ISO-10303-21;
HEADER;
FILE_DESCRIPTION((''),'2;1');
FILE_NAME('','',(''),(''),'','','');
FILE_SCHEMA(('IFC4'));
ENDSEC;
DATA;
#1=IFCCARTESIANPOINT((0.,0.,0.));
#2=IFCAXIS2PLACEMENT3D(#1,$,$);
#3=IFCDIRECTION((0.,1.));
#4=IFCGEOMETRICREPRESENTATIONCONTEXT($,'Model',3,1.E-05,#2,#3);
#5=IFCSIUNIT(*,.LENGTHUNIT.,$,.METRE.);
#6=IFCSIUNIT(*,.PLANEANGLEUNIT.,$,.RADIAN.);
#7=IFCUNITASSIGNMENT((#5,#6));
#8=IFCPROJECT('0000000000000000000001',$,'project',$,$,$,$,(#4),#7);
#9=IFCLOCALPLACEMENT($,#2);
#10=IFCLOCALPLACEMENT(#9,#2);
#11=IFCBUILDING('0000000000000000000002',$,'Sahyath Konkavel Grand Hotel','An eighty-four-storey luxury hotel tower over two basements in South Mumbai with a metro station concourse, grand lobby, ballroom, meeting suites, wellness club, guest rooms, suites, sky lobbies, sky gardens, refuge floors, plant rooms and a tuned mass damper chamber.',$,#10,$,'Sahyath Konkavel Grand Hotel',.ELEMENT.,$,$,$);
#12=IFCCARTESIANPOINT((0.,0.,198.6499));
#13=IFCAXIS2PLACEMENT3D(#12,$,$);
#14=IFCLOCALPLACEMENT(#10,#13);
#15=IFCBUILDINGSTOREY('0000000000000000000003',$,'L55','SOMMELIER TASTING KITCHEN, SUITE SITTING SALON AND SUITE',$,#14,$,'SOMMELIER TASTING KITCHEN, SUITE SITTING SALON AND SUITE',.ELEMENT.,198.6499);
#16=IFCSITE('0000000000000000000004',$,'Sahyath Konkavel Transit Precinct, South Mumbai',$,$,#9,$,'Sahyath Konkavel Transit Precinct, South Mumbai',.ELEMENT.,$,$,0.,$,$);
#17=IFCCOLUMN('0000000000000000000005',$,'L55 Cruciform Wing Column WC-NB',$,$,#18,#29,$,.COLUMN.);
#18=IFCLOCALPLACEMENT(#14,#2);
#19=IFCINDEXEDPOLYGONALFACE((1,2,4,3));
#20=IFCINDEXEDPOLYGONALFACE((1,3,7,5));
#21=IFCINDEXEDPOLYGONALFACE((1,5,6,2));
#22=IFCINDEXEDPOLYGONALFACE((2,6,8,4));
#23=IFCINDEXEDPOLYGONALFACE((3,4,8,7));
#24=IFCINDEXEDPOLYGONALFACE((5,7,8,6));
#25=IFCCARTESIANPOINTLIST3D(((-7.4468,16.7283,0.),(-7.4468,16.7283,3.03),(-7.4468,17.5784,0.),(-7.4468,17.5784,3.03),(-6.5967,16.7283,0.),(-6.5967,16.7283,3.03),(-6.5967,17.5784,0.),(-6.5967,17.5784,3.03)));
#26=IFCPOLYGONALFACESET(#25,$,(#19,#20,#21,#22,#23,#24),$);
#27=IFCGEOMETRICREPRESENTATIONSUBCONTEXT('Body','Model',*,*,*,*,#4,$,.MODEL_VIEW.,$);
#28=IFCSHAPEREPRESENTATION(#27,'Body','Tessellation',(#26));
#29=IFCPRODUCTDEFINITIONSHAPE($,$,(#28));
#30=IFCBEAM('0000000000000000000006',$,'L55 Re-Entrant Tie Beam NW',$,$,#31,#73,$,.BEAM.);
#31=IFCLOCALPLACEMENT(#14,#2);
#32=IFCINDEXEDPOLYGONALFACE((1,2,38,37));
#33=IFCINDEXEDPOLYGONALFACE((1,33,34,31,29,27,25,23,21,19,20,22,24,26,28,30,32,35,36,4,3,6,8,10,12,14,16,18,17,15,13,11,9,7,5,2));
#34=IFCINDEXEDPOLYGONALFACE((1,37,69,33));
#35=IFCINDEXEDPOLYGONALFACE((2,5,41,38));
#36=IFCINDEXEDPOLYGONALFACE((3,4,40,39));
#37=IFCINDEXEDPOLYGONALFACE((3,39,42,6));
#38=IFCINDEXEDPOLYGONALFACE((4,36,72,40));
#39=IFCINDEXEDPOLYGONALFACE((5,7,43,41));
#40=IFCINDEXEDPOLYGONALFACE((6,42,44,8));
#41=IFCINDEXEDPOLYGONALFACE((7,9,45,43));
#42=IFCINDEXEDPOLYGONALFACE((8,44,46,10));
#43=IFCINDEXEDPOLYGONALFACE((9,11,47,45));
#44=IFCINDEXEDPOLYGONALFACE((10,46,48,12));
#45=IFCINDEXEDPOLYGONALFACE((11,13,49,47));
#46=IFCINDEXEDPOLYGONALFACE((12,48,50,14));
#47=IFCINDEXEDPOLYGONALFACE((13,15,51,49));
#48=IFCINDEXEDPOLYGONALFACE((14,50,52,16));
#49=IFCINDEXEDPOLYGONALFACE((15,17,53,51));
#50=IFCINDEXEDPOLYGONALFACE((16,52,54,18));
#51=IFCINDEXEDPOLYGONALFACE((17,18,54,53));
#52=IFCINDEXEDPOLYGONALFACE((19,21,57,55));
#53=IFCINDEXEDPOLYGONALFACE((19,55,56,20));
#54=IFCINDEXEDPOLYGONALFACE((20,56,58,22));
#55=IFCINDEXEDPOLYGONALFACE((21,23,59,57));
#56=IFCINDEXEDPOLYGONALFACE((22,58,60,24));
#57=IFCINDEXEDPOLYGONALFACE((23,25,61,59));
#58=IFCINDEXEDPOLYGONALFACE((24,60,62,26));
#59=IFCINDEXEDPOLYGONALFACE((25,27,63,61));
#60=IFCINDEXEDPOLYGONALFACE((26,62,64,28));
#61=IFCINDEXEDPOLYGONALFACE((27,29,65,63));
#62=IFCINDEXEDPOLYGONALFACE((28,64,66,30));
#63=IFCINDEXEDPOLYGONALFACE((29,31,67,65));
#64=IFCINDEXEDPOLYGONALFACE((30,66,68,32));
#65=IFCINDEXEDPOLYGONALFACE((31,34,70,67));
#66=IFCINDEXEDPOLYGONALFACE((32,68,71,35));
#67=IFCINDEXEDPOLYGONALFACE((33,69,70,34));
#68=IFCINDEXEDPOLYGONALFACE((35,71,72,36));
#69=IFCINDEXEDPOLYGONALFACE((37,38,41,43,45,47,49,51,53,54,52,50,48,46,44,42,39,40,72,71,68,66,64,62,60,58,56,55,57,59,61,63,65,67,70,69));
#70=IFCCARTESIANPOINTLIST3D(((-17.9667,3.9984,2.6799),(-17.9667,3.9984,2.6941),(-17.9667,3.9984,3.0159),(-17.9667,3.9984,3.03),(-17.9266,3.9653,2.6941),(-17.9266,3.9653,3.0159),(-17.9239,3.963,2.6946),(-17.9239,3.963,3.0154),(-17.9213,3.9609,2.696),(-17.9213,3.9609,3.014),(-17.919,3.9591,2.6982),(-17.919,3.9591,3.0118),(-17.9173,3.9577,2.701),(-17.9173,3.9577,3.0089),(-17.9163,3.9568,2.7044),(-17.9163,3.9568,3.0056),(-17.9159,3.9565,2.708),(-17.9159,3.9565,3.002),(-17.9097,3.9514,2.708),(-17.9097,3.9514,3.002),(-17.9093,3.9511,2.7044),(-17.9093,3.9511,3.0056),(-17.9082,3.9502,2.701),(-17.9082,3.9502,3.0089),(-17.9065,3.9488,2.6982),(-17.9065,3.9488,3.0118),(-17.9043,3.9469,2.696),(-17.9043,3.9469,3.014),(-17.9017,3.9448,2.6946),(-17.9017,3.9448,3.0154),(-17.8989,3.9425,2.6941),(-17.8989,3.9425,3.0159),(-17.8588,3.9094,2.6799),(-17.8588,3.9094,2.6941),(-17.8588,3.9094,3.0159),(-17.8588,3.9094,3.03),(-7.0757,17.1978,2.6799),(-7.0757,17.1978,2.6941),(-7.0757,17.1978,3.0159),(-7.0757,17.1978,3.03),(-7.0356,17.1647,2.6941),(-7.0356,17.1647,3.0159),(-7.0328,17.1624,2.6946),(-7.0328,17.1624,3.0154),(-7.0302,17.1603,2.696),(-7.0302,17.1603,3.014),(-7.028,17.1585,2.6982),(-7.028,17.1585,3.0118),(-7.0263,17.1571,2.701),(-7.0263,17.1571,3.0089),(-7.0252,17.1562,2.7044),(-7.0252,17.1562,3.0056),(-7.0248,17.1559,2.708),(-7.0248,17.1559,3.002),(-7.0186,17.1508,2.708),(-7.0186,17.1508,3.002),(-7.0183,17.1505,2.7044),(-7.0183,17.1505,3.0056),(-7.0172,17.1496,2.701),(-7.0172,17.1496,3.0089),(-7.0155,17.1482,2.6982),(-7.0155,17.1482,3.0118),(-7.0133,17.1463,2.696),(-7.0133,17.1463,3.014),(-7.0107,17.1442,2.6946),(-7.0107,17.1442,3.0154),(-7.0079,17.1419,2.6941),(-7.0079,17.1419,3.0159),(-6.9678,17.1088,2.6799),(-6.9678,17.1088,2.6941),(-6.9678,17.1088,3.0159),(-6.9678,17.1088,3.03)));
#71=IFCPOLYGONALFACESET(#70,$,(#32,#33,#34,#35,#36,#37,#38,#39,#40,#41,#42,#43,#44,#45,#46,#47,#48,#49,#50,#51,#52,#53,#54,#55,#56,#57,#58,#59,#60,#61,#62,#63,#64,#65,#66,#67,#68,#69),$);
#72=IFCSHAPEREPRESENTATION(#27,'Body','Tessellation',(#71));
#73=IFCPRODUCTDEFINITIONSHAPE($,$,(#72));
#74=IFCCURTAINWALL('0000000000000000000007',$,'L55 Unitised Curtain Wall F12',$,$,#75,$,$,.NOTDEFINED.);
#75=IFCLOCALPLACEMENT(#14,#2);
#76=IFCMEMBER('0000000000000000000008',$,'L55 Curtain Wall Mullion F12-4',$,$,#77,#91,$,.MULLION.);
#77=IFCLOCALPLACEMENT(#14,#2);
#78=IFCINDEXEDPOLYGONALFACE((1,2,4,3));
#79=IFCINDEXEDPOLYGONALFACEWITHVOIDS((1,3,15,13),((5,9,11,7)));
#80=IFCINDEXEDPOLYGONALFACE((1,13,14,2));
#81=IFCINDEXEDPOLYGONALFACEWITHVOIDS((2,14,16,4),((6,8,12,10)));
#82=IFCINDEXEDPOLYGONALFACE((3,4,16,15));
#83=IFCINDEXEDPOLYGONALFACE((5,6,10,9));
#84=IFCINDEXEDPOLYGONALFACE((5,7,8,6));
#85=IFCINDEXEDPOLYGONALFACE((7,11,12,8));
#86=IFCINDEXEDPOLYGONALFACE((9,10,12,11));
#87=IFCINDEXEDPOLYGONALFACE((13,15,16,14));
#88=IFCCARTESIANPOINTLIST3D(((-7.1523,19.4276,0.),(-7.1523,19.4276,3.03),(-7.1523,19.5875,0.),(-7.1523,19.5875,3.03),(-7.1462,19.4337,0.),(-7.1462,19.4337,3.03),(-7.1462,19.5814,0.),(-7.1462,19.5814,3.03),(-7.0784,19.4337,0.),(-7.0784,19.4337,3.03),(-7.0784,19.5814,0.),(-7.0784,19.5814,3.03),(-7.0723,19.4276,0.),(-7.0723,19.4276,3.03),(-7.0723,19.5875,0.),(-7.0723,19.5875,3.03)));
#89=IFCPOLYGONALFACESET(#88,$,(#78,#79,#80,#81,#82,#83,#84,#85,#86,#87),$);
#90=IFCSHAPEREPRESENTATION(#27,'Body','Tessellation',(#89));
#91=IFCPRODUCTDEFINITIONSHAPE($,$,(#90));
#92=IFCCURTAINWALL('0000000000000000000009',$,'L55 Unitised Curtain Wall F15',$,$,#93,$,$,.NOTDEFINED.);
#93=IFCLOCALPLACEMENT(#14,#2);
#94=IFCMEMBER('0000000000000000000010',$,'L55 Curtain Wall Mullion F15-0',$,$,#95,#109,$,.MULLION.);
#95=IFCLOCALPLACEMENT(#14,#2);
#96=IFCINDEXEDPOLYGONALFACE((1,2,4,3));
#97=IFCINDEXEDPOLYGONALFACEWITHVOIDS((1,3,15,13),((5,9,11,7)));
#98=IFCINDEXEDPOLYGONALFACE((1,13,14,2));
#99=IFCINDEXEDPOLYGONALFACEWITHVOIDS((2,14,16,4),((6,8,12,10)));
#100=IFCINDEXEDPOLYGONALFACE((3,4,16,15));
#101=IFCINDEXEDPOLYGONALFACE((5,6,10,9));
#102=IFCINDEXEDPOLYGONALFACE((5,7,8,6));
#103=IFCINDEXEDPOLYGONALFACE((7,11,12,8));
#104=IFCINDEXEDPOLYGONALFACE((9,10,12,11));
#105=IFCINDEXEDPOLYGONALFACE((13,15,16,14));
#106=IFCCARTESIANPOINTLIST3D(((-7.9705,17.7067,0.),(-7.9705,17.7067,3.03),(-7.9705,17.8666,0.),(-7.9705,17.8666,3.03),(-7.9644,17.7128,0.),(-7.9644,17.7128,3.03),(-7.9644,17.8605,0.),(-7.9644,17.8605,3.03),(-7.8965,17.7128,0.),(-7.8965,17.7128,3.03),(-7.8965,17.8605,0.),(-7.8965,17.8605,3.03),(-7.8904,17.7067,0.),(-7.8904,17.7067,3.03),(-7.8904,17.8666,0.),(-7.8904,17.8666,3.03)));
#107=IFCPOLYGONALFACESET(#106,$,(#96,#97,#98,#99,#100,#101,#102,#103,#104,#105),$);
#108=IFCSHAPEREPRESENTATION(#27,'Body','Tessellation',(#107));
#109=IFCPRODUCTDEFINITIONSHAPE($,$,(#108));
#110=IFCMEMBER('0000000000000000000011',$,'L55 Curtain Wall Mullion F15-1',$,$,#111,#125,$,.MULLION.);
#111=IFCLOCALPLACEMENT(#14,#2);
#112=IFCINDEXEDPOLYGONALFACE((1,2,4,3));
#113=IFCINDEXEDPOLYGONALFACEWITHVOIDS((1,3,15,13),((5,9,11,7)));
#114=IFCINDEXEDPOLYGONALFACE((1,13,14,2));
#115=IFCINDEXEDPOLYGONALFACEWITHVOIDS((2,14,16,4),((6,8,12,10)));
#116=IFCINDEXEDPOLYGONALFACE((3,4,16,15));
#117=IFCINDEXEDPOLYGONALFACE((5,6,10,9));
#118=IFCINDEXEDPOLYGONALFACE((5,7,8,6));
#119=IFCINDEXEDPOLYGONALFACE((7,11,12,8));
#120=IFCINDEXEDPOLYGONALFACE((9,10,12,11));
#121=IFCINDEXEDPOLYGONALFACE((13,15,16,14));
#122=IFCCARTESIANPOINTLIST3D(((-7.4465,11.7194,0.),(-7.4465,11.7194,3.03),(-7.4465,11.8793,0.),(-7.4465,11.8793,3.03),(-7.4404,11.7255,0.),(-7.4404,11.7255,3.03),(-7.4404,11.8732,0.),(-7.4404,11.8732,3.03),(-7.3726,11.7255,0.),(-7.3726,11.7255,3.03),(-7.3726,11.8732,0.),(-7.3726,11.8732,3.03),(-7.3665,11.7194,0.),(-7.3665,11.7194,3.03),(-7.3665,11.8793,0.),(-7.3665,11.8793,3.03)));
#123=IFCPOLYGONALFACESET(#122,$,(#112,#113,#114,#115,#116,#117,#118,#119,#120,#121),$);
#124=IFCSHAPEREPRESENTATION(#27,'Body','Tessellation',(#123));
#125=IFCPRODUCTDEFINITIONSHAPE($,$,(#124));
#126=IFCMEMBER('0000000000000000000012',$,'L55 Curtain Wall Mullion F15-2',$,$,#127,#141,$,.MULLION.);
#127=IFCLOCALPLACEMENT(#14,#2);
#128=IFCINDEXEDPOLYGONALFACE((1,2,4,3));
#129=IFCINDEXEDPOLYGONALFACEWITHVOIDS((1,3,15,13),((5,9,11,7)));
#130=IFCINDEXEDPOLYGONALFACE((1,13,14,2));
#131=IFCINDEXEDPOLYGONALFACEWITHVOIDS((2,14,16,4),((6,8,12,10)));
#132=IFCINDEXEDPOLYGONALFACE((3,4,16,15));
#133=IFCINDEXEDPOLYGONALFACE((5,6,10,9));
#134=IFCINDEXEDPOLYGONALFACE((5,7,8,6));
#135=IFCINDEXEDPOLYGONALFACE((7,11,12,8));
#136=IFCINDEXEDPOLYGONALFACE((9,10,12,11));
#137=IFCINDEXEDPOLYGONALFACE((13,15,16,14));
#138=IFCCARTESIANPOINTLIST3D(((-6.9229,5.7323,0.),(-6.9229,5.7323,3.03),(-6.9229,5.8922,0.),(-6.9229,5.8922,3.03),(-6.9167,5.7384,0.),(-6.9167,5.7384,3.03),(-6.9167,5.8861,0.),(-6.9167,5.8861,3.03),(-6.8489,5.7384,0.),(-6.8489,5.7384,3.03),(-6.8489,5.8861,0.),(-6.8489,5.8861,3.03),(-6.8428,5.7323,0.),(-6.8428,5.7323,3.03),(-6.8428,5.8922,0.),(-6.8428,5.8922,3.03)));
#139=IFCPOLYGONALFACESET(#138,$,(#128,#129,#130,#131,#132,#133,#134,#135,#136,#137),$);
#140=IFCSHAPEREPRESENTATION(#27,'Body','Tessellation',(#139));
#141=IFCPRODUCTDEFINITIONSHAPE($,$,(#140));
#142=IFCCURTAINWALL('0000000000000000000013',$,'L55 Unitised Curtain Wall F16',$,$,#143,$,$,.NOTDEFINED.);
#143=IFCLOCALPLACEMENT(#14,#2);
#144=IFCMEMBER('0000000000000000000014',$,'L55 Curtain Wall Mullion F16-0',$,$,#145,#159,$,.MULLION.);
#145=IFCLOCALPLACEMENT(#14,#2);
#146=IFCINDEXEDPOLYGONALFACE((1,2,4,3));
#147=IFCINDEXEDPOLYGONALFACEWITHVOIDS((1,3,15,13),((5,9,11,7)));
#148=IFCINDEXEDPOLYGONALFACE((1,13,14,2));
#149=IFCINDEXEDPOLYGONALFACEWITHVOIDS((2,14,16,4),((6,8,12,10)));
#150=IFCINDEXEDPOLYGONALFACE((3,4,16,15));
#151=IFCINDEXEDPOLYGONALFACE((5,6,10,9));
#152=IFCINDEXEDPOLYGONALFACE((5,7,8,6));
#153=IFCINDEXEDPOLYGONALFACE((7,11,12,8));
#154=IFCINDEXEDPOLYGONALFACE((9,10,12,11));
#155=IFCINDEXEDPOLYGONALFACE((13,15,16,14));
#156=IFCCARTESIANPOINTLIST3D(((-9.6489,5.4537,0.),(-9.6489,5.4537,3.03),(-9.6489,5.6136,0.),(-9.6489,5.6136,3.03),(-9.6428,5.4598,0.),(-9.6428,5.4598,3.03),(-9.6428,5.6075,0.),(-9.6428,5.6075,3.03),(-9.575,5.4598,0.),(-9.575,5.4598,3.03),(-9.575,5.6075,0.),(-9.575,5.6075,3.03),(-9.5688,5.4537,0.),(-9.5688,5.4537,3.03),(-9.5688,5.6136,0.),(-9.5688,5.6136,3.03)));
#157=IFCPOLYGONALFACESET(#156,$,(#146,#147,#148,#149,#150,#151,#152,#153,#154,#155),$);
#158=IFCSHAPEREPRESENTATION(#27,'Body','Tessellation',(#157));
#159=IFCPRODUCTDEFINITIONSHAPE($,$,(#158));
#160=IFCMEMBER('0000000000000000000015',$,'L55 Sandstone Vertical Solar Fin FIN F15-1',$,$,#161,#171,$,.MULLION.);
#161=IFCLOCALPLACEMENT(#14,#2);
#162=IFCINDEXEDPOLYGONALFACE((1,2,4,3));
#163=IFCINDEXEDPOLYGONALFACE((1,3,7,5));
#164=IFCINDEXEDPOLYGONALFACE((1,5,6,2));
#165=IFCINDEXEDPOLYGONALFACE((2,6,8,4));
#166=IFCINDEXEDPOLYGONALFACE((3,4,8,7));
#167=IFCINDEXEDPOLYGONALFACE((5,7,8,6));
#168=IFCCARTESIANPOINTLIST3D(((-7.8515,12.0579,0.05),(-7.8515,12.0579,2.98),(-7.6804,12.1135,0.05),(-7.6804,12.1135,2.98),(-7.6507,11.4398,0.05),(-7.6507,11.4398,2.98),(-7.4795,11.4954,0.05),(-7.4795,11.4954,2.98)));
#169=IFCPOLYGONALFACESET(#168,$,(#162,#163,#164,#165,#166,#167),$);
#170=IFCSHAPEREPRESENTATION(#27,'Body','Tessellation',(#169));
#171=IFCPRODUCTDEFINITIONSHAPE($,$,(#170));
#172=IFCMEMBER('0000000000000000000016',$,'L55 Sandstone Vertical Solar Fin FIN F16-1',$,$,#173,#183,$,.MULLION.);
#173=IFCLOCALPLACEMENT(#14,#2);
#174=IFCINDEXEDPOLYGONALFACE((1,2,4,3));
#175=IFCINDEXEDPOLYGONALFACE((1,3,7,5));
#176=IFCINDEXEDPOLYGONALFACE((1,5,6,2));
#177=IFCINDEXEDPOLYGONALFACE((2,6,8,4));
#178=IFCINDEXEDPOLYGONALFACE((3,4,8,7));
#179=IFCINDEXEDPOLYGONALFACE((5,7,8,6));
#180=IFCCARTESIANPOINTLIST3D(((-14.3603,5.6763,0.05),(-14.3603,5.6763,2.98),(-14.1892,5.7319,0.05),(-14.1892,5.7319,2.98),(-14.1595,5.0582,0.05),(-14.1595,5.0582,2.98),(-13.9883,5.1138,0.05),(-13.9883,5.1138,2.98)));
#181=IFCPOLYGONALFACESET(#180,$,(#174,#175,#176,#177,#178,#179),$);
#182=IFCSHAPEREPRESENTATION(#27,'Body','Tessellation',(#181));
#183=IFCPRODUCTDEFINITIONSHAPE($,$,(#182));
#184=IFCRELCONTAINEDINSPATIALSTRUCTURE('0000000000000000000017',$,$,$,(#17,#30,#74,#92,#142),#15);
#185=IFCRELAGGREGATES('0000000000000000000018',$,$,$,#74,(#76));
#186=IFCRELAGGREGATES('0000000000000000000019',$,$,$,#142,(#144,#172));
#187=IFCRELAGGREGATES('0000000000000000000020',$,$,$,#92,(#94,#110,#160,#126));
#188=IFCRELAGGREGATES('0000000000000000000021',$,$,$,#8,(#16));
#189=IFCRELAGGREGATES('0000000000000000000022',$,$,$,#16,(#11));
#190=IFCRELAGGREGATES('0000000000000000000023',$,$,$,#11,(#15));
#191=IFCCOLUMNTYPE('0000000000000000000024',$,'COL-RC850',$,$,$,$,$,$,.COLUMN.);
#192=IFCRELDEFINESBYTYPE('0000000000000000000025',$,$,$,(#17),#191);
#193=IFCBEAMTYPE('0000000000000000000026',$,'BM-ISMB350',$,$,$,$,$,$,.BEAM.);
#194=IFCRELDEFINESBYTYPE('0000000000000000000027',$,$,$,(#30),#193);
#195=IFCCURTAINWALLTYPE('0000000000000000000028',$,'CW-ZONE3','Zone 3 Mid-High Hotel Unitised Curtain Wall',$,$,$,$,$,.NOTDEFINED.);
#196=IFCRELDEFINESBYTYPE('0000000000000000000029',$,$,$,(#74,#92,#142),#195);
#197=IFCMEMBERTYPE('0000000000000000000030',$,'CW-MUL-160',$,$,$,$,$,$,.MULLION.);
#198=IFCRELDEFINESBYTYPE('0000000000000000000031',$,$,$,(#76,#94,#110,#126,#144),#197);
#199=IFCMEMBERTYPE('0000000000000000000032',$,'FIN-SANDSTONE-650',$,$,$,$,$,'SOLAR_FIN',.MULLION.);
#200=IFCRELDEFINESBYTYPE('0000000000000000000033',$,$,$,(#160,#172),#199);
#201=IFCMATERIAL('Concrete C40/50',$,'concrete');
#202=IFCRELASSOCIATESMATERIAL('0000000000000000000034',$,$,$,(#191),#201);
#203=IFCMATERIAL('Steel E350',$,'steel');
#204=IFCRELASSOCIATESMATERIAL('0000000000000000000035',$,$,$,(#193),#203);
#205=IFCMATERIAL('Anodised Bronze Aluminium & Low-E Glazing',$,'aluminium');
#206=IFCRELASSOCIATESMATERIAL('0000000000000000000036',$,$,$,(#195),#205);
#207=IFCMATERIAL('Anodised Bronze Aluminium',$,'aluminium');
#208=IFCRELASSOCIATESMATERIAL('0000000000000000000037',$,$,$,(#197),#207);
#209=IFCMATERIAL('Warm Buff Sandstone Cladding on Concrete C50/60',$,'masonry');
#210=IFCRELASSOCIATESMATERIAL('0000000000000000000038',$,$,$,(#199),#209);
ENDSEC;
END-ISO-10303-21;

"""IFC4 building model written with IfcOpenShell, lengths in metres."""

from ifc_helpers import new_model, si_unit, direction, frame, origin, origin_2d, place, context, subcontext, project, spatial, rectangle, hollow_rectangle, i_section, extrude, source, transform, mapped, material, material_profile, profile_set, type_object, element, aggregate, save


model = new_model("IFC4")

# Units and contexts
model_context = context("Model", 3, precision=1e-05, world=origin(), true_north=direction((0.0, 1.0)))
body_context = subcontext(model_context, "Body", "Model", "MODEL_VIEW")
ifc_project = project(units=[si_unit("LENGTHUNIT", "METRE"), si_unit("PLANEANGLEUNIT", "RADIAN")], contexts=[model_context])

# Site, building, storey
site_placement = place(None, origin())
site = spatial("IfcSite", under=ifc_project, at=site_placement, Name="Sahyath Konkavel Transit Precinct, South Mumbai", LongName="Sahyath Konkavel Transit Precinct, South Mumbai", CompositionType="ELEMENT", RefElevation=0.0)
building_placement = place(site_placement, origin())
building = spatial("IfcBuilding", under=site, at=building_placement, Name="Sahyath Konkavel Grand Hotel", Description="An eighty-four-storey luxury hotel tower over two basements in South Mumbai with a metro station concourse, grand lobby, ballroom, meeting suites, wellness club, guest rooms, suites, sky lobbies, sky gardens, refuge floors, plant rooms and a tuned mass damper chamber.", LongName="Sahyath Konkavel Grand Hotel", CompositionType="ELEMENT")
storey_placement = place(building_placement, frame((0.0, 0.0, 198.6499)))
storey = spatial("IfcBuildingStorey", under=building, at=storey_placement, Name="L55", Description="SOMMELIER TASTING KITCHEN, SUITE SITTING SALON AND SUITE", LongName="SOMMELIER TASTING KITCHEN, SUITE SITTING SALON AND SUITE", CompositionType="ELEMENT", Elevation=198.6499)

# Column
ifc_material_1 = material(Name="Concrete C40/50", Category="concrete")
ifc_material_profile_1 = material_profile(ifc_material_1, rectangle(XDim=0.8501, YDim=0.8501, at=origin_2d()), Name="RC 850x850")
ifc_profile_set_1 = profile_set([ifc_material_profile_1], Name="Concrete C40/50")
column_type = type_object("IfcColumnType", Name="COL-RC850", PredefinedType="COLUMN", material=ifc_profile_set_1)
shared_shape_1 = source(origin(), body_context, "Body", "SweptSolid", [
    extrude(rectangle(XDim=0.8501, YDim=0.8501, at=origin_2d()), origin(), (0.0, 0.0, 1.0), 3.03),
])
column_placement = place(storey_placement, frame((-7.0217, 17.1533, 0.0), z_axis=(0.0, 0.0, 1.0), x_axis=(1.0, 0.0, 0.0)))
element("IfcColumn", 1, at=column_placement, inside=storey, type_object=column_type, Name="L55 Cruciform Wing Column WC-NB", PredefinedType="COLUMN", context=body_context, shape_type="MappedRepresentation", body=[
    mapped(shared_shape_1, transform((0.0, 0.0, 0.0), scale=1.0)),
])

# Beam
ifc_material_2 = material(Name="Steel E350", Category="steel")
ifc_material_profile_2 = material_profile(ifc_material_2, i_section(OverallWidth=0.1399, OverallDepth=0.3501, WebThickness=0.0081, FlangeThickness=0.0142, FilletRadius=0.0139, at=origin_2d()), Name="ISMB 350")
ifc_profile_set_2 = profile_set([ifc_material_profile_2], Name="Steel E350")
beam_type = type_object("IfcBeamType", Name="BM-ISMB350", PredefinedType="BEAM", material=ifc_profile_set_2)
shared_shape_2 = source(origin(), body_context, "Body", "SweptSolid", [
    extrude(i_section(OverallWidth=0.1399, OverallDepth=0.3501, WebThickness=0.0081, FlangeThickness=0.0142, FilletRadius=0.0139, at=origin_2d()), origin(), (0.0, 0.0, 1.0), 17.1125),
])
beam_placement = place(storey_placement, frame((-7.0217, 17.1533, 2.855), z_axis=(-0.636437, -0.771329, 0.0), x_axis=(0.771329, -0.636437, 0.0)))
element("IfcBeam", 2, at=beam_placement, inside=storey, type_object=beam_type, Name="L55 Re-Entrant Tie Beam NW", PredefinedType="BEAM", context=body_context, shape_type="MappedRepresentation", body=[
    mapped(shared_shape_2, transform((0.0, 0.0, 0.0), scale=1.0)),
])

# Curtain wall, member
ifc_material_3 = material(Name="Anodised Bronze Aluminium & Low-E Glazing", Category="aluminium")
curtain_wall_type = type_object("IfcCurtainWallType", Name="CW-ZONE3", Description="Zone 3 Mid-High Hotel Unitised Curtain Wall", PredefinedType="NOTDEFINED", material=ifc_material_3)
curtain_wall_1_placement = place(storey_placement, origin())
curtain_wall_1 = element("IfcCurtainWall", 3, at=curtain_wall_1_placement, inside=storey, type_object=curtain_wall_type, Name="L55 Unitised Curtain Wall F12", PredefinedType="NOTDEFINED")
ifc_material_4 = material(Name="Anodised Bronze Aluminium", Category="aluminium")
ifc_material_profile_3 = material_profile(ifc_material_4, hollow_rectangle(XDim=0.0801, YDim=0.1599, WallThickness=0.0061, at=origin_2d()), Name="RHS 160x80x6")
ifc_profile_set_3 = profile_set([ifc_material_profile_3], Name="Anodised Bronze Aluminium")
member_type_1 = type_object("IfcMemberType", Name="CW-MUL-160", PredefinedType="MULLION", material=ifc_profile_set_3)
shared_shape_3 = source(origin(), body_context, "Body", "SweptSolid", [
    extrude(hollow_rectangle(XDim=0.0801, YDim=0.1599, WallThickness=0.0061, at=origin_2d()), origin(), (0.0, 0.0, 1.0), 3.03),
])
member_1_placement = place(storey_placement, frame((-7.1123, 19.5076, 0.0), z_axis=(0.0, 0.0, 1.0), x_axis=(1.0, 0.0, 0.0)))
member_1 = element("IfcMember", 4, at=member_1_placement, type_object=member_type_1, Name="L55 Curtain Wall Mullion F12-4", PredefinedType="MULLION", context=body_context, shape_type="MappedRepresentation", body=[
    mapped(shared_shape_3, transform((0.0, 0.0, 0.0), scale=1.0)),
])
aggregate(curtain_wall_1, [member_1])

# Curtain wall, members
curtain_wall_2_placement = place(storey_placement, origin())
curtain_wall_2 = element("IfcCurtainWall", 5, at=curtain_wall_2_placement, inside=storey, type_object=curtain_wall_type, Name="L55 Unitised Curtain Wall F15", PredefinedType="NOTDEFINED")
member_2_placement = place(storey_placement, frame((-7.9304, 17.7866, 0.0), z_axis=(0.0, 0.0, 1.0), x_axis=(1.0, 0.0, 0.0)))
member_2 = element("IfcMember", 6, at=member_2_placement, type_object=member_type_1, Name="L55 Curtain Wall Mullion F15-0", PredefinedType="MULLION", context=body_context, shape_type="MappedRepresentation", body=[
    mapped(shared_shape_3, transform((0.0, 0.0, 0.0), scale=1.0)),
])
member_3_placement = place(storey_placement, frame((-7.4065, 11.7993, 0.0), z_axis=(0.0, 0.0, 1.0), x_axis=(1.0, 0.0, 0.0)))
member_3 = element("IfcMember", 7, at=member_3_placement, type_object=member_type_1, Name="L55 Curtain Wall Mullion F15-1", PredefinedType="MULLION", context=body_context, shape_type="MappedRepresentation", body=[
    mapped(shared_shape_3, transform((0.0, 0.0, 0.0), scale=1.0)),
])
member_4_placement = place(storey_placement, frame((-6.8828, 5.8123, 0.0), z_axis=(0.0, 0.0, 1.0), x_axis=(1.0, 0.0, 0.0)))
member_4 = element("IfcMember", 8, at=member_4_placement, type_object=member_type_1, Name="L55 Curtain Wall Mullion F15-2", PredefinedType="MULLION", context=body_context, shape_type="MappedRepresentation", body=[
    mapped(shared_shape_3, transform((0.0, 0.0, 0.0), scale=1.0)),
])

# Curtain wall, member
curtain_wall_3_placement = place(storey_placement, origin())
curtain_wall_3 = element("IfcCurtainWall", 9, at=curtain_wall_3_placement, inside=storey, type_object=curtain_wall_type, Name="L55 Unitised Curtain Wall F16", PredefinedType="NOTDEFINED")
member_5_placement = place(storey_placement, frame((-9.6089, 5.5337, 0.0), z_axis=(0.0, 0.0, 1.0), x_axis=(1.0, 0.0, 0.0)))
member_5 = element("IfcMember", 10, at=member_5_placement, type_object=member_type_1, Name="L55 Curtain Wall Mullion F16-0", PredefinedType="MULLION", context=body_context, shape_type="MappedRepresentation", body=[
    mapped(shared_shape_3, transform((0.0, 0.0, 0.0), scale=1.0)),
])

# Members
ifc_material_5 = material(Name="Warm Buff Sandstone Cladding on Concrete C50/60", Category="masonry")
ifc_material_profile_4 = material_profile(ifc_material_5, rectangle(XDim=0.1799, YDim=0.6499, at=origin_2d()), Name="FIN 180x650")
ifc_profile_set_4 = profile_set([ifc_material_profile_4], Name="Warm Buff Sandstone Cladding on Concrete C50/60")
member_type_2 = type_object("IfcMemberType", Name="FIN-SANDSTONE-650", ElementType="SOLAR_FIN", PredefinedType="MULLION", material=ifc_profile_set_4)
shared_shape_4 = source(origin(), body_context, "Body", "SweptSolid", [
    extrude(rectangle(XDim=0.1799, YDim=0.6499, at=origin_2d()), origin(), (0.0, 0.0, 1.0), 2.9299),
])
member_6_placement = place(storey_placement, frame((-7.6655, 11.7766, 0.05), z_axis=(0.0, 0.0, 1.0), x_axis=(0.951057, 0.309017, 0.0)))
member_6 = element("IfcMember", 11, at=member_6_placement, type_object=member_type_2, Name="L55 Sandstone Vertical Solar Fin FIN F15-1", PredefinedType="MULLION", context=body_context, shape_type="MappedRepresentation", body=[
    mapped(shared_shape_4, transform((0.0, 0.0, 0.0), scale=1.0)),
])
member_7_placement = place(storey_placement, frame((-14.1743, 5.395, 0.05), z_axis=(0.0, 0.0, 1.0), x_axis=(0.951057, 0.309017, 0.0)))
member_7 = element("IfcMember", 12, at=member_7_placement, type_object=member_type_2, Name="L55 Sandstone Vertical Solar Fin FIN F16-1", PredefinedType="MULLION", context=body_context, shape_type="MappedRepresentation", body=[
    mapped(shared_shape_4, transform((0.0, 0.0, 0.0), scale=1.0)),
])
aggregate(curtain_wall_3, [member_5, member_7])

aggregate(curtain_wall_2, [member_2, member_3, member_6, member_4])

save(model, "model.ifc")
